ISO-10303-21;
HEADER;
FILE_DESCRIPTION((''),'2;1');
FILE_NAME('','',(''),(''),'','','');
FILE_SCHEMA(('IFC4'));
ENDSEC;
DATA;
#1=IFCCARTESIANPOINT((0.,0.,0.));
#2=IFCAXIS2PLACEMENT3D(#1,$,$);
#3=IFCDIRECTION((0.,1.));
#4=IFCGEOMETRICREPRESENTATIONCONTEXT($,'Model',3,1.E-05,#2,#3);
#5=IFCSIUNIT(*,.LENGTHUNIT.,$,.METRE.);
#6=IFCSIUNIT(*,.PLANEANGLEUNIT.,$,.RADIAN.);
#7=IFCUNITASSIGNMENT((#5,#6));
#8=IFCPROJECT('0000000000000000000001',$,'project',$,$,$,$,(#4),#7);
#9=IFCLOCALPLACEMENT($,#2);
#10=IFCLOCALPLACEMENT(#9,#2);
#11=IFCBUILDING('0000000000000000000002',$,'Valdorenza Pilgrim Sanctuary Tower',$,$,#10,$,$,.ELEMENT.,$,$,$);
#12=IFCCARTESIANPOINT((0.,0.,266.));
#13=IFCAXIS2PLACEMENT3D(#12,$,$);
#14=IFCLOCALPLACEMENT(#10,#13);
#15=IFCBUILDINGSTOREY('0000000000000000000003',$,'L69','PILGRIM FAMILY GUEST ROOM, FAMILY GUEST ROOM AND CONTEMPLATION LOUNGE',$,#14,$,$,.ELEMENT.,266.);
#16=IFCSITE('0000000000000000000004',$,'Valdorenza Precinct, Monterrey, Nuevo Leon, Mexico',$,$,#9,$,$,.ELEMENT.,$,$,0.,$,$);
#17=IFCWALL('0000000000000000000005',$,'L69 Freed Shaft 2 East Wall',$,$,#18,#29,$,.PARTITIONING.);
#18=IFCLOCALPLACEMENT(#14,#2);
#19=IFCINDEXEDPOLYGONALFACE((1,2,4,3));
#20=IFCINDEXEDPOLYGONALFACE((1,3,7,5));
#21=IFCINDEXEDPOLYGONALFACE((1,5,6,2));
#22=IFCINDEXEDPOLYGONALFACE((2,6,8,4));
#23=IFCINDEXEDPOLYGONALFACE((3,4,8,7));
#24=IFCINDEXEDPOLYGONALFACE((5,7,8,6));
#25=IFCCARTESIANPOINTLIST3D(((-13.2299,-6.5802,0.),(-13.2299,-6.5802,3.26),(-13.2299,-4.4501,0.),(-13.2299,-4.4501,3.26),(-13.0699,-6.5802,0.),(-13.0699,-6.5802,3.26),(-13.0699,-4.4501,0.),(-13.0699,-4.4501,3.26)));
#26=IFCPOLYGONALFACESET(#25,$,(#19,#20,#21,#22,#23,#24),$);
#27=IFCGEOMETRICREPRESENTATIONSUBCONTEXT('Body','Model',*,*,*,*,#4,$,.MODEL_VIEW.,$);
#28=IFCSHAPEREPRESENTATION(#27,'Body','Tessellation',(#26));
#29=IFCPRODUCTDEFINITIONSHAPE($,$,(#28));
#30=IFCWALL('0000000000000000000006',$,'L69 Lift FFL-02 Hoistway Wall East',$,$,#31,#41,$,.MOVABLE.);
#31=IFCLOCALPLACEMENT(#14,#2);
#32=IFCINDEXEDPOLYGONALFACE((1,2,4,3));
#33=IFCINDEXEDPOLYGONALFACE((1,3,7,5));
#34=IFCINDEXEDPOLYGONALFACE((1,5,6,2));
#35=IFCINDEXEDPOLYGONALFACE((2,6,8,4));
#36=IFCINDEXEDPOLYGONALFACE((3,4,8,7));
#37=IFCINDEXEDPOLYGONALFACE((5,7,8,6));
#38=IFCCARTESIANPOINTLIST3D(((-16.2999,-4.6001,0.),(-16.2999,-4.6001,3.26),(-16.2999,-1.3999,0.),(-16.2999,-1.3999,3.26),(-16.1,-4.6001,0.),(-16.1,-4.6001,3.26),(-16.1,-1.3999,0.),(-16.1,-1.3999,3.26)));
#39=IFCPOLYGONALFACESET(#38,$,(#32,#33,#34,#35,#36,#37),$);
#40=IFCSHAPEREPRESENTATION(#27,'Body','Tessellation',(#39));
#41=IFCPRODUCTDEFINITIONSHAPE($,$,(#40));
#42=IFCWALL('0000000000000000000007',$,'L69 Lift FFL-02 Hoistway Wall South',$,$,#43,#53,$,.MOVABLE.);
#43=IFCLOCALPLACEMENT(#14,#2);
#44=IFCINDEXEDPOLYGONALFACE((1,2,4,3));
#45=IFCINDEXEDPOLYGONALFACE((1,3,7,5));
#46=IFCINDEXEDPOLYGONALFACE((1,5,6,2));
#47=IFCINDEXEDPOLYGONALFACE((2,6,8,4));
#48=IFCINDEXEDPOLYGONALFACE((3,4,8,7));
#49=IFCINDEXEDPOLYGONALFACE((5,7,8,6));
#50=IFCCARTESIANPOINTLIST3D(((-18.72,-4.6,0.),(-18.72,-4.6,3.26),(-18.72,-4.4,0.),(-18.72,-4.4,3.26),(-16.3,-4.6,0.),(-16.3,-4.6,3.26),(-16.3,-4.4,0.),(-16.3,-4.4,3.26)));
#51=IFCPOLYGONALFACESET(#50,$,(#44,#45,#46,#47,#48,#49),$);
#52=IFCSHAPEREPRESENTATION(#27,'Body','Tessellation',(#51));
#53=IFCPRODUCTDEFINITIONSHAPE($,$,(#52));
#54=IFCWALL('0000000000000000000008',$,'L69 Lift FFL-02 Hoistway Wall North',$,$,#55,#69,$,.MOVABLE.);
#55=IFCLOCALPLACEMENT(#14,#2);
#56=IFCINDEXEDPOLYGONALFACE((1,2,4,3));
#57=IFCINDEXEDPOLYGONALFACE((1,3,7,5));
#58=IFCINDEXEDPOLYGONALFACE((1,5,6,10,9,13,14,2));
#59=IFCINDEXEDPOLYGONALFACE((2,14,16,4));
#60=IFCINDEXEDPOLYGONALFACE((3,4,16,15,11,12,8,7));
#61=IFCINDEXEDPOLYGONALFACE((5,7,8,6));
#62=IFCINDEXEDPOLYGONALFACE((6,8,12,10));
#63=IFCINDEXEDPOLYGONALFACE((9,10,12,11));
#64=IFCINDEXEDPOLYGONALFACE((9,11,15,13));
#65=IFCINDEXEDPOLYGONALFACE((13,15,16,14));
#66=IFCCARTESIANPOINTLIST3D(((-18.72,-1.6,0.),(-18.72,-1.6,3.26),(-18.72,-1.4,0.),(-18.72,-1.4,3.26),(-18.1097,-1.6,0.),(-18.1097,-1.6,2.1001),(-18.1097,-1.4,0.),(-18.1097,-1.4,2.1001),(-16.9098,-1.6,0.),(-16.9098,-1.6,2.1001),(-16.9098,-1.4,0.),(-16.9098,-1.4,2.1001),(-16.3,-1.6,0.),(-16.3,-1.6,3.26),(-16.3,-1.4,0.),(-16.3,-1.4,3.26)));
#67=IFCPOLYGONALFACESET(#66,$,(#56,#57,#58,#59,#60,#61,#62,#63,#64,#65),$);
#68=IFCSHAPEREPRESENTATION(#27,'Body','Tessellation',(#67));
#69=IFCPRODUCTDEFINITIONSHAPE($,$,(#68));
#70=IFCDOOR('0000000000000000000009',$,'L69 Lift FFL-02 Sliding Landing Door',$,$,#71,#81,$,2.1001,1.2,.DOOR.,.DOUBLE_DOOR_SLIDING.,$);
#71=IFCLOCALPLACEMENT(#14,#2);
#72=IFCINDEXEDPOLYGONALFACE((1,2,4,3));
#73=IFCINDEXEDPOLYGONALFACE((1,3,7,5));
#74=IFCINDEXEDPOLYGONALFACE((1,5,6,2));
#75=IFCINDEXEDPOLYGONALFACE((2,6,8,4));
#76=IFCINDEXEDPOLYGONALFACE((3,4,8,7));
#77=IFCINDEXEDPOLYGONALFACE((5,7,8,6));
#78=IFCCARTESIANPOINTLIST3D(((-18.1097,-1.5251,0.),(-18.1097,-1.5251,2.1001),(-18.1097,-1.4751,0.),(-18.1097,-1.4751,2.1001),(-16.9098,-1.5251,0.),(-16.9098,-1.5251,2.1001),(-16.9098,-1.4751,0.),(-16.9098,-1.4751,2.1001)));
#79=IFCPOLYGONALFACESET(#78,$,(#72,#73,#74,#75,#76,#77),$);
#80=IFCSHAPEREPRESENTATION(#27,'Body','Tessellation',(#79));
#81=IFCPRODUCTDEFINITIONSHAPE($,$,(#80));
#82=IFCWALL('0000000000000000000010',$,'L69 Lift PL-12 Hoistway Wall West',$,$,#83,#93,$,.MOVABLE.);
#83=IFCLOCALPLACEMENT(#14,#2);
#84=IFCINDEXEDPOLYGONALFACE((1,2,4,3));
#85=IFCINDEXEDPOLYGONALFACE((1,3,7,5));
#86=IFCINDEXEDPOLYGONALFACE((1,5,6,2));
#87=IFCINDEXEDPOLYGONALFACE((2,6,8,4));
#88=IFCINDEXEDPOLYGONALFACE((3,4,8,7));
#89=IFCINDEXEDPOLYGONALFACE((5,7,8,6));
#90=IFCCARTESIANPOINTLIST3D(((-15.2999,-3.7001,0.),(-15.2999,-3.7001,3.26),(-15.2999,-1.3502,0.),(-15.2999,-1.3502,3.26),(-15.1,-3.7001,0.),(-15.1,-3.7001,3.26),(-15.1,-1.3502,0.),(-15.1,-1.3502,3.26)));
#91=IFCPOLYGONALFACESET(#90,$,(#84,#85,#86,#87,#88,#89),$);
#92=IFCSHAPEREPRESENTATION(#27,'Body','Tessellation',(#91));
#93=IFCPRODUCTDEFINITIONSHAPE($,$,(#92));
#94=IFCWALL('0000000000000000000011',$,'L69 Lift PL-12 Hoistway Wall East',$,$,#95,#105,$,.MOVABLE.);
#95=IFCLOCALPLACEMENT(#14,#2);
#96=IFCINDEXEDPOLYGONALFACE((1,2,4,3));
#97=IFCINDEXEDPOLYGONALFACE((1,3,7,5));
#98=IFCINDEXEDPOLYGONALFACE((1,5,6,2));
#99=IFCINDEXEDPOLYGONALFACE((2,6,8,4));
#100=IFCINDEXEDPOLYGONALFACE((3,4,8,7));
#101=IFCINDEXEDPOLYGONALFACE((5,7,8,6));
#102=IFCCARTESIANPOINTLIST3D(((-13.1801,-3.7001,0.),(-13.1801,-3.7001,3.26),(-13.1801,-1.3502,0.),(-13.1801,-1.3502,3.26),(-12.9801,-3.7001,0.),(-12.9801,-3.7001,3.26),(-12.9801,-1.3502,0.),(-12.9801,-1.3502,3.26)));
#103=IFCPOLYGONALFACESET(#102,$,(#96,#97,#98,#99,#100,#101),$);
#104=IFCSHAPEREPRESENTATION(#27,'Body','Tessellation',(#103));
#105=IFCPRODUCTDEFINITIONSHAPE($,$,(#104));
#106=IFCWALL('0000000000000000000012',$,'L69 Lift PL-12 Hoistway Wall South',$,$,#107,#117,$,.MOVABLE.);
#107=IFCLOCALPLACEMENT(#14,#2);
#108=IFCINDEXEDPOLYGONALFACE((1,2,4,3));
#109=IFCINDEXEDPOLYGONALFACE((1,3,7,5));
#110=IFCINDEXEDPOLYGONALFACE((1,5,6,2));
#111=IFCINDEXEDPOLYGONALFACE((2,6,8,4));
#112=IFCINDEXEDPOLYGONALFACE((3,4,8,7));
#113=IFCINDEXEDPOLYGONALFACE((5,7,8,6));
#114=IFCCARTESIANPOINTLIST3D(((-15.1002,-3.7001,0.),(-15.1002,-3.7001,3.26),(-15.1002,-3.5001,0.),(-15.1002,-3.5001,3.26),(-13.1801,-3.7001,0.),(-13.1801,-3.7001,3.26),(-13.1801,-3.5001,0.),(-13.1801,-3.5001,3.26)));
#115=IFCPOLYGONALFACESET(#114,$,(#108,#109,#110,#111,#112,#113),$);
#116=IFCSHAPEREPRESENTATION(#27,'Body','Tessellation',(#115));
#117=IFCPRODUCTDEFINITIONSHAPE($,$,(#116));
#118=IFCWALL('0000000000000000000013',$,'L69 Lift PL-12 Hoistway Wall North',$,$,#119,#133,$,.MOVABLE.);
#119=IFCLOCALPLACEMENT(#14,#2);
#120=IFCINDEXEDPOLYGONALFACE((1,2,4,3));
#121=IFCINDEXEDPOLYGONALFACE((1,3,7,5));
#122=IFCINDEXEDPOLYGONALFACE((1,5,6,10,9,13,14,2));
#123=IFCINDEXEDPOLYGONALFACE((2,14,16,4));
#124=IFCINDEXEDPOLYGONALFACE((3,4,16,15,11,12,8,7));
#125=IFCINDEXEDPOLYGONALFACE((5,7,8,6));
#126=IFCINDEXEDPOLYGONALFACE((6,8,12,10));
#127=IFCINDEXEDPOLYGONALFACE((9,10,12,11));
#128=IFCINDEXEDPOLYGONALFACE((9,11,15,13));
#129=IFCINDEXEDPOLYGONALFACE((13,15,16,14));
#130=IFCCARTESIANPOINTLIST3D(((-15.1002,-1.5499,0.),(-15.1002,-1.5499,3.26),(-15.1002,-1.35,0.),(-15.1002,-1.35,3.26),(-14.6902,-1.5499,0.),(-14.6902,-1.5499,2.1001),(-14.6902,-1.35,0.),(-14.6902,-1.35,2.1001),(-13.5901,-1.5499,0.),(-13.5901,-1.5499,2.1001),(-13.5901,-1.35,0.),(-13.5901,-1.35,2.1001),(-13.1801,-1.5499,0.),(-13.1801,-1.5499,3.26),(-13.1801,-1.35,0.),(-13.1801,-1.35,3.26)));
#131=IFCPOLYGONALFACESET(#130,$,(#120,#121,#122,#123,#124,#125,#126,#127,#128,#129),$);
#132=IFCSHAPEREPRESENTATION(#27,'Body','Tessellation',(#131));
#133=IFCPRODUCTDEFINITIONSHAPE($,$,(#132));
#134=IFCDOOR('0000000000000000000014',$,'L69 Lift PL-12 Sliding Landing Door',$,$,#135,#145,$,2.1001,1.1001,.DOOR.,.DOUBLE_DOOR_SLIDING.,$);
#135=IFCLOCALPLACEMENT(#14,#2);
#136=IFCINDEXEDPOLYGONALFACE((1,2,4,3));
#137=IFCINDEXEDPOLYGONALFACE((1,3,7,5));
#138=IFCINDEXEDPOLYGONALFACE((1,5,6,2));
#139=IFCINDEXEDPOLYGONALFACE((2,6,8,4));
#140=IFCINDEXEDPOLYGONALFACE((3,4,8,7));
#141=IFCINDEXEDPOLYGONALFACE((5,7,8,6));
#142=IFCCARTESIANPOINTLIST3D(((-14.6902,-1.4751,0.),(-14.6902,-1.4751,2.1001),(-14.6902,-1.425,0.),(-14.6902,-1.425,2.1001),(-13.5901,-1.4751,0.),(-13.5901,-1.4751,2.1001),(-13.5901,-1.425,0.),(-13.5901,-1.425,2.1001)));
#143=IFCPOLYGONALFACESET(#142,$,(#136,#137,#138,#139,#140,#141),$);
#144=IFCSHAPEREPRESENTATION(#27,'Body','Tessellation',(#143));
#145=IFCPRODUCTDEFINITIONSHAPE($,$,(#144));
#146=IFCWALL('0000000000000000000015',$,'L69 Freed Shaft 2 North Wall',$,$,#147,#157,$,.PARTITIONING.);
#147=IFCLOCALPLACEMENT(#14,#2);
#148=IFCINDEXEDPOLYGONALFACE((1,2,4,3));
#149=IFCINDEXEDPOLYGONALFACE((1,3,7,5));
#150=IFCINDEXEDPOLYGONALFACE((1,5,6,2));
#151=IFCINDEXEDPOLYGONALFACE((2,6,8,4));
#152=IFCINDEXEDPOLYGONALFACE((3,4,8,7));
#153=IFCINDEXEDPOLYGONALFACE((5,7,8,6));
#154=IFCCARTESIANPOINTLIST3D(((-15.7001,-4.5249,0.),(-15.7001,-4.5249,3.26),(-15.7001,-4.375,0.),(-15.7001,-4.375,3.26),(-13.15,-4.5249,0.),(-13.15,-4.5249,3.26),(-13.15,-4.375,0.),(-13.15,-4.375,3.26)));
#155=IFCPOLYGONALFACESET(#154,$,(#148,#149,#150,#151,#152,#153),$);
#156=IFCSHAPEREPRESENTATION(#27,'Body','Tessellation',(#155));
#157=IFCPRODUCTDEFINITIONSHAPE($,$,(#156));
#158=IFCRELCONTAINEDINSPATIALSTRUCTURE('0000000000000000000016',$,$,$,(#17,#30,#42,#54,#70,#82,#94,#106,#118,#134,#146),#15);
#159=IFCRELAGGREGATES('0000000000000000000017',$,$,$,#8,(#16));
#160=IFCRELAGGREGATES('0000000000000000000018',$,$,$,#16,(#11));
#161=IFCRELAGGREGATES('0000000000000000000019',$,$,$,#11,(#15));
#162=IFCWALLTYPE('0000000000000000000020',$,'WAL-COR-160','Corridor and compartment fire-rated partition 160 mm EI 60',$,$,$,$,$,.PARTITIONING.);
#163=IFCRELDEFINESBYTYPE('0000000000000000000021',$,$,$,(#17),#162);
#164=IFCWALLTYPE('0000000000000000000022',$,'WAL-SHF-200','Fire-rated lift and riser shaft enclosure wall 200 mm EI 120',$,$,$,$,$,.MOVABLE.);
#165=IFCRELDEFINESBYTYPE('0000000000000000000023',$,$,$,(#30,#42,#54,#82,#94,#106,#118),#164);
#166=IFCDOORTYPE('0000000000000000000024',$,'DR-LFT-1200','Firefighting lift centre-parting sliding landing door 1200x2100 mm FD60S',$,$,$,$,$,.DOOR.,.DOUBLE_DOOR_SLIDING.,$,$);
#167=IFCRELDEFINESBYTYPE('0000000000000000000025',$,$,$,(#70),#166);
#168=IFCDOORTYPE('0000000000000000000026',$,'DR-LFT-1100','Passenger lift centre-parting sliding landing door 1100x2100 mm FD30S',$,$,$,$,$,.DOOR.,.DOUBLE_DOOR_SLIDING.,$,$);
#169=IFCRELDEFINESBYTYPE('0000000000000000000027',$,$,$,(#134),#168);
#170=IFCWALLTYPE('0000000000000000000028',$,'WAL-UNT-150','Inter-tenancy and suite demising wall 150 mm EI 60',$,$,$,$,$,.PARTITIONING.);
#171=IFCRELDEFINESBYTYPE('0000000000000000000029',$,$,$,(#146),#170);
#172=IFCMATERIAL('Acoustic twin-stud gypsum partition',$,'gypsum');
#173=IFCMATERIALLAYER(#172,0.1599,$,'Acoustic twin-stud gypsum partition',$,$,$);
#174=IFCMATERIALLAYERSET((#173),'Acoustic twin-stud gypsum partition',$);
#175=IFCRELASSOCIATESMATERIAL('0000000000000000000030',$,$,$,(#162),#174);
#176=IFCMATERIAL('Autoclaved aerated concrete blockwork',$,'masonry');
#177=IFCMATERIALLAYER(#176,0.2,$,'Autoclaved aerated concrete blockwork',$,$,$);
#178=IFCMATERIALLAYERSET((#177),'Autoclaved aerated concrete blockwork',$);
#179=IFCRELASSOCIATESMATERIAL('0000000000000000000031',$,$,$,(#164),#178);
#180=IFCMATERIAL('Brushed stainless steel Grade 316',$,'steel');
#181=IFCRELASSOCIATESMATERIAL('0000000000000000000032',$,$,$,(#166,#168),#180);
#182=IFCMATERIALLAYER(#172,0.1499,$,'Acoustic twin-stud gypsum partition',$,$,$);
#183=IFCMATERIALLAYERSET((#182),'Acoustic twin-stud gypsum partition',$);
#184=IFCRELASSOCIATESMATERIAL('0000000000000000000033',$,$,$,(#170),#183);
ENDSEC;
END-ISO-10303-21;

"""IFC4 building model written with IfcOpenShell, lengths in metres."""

from ifc_helpers import new_model, si_unit, direction, frame, frame_2d, origin, place, context, subcontext, project, spatial, rectangle, extrude, material, layer, layer_set, type_object, element, fill, save


model = new_model("IFC4")

# Units and contexts
model_context = context("Model", 3, precision=1e-05, world=origin(), true_north=direction((0.0, 1.0)))
body_context = subcontext(model_context, "Body", "Model", "MODEL_VIEW")
ifc_project = project(units=[si_unit("LENGTHUNIT", "METRE"), si_unit("PLANEANGLEUNIT", "RADIAN")], contexts=[model_context])

# Site, building, storey
site_placement = place(None, origin())
site = spatial("IfcSite", under=ifc_project, at=site_placement, Name="Valdorenza Precinct, Monterrey, Nuevo Leon, Mexico", CompositionType="ELEMENT", RefElevation=0.0)
building_placement = place(site_placement, origin())
building = spatial("IfcBuilding", under=site, at=building_placement, Name="Valdorenza Pilgrim Sanctuary Tower", CompositionType="ELEMENT")
storey_placement = place(building_placement, frame((0.0, 0.0, 266.0)))
storey = spatial("IfcBuildingStorey", under=building, at=storey_placement, Name="L69", Description="PILGRIM FAMILY GUEST ROOM, FAMILY GUEST ROOM AND CONTEMPLATION LOUNGE", CompositionType="ELEMENT", Elevation=266.0)

# Wall
ifc_material_1 = material(Name="Acoustic twin-stud gypsum partition", Category="gypsum")
ifc_layer_1 = layer(ifc_material_1, 0.1599, Name="Acoustic twin-stud gypsum partition")
ifc_layer_set_1 = layer_set([ifc_layer_1], Name="Acoustic twin-stud gypsum partition")
wall_type_1 = type_object("IfcWallType", Name="WAL-COR-160", Description="Corridor and compartment fire-rated partition 160 mm EI 60", PredefinedType="PARTITIONING", material=ifc_layer_set_1)
wall_1_placement = place(storey_placement, frame((-13.1499, -6.5801, 0.0), z_axis=(0.0, 0.0, 1.0), x_axis=(0.0, 1.0, 0.0)))
element("IfcWall", 1, at=wall_1_placement, inside=storey, type_object=wall_type_1, Name="L69 Freed Shaft 2 East Wall", PredefinedType="PARTITIONING", context=body_context, shape_type="SweptSolid", body=[
    extrude(rectangle(XDim=2.1301, YDim=0.1599, at=frame_2d((1.0649, 0.0))), origin(), (0.0, 0.0, 1.0), 3.26),
])

# Walls
ifc_material_2 = material(Name="Autoclaved aerated concrete blockwork", Category="masonry")
ifc_layer_2 = layer(ifc_material_2, 0.2, Name="Autoclaved aerated concrete blockwork")
ifc_layer_set_2 = layer_set([ifc_layer_2], Name="Autoclaved aerated concrete blockwork")
wall_type_2 = type_object("IfcWallType", Name="WAL-SHF-200", Description="Fire-rated lift and riser shaft enclosure wall 200 mm EI 120", PredefinedType="MOVABLE", material=ifc_layer_set_2)
wall_2_placement = place(storey_placement, frame((-16.2, -4.6001, 0.0), z_axis=(0.0, 0.0, 1.0), x_axis=(0.0, 1.0, 0.0)))
element("IfcWall", 2, at=wall_2_placement, inside=storey, type_object=wall_type_2, Name="L69 Lift FFL-02 Hoistway Wall East", PredefinedType="MOVABLE", context=body_context, shape_type="SweptSolid", body=[
    extrude(rectangle(XDim=3.2002, YDim=0.2, at=frame_2d((1.6001, 0.0))), origin(), (0.0, 0.0, 1.0), 3.26),
])
wall_3_placement = place(storey_placement, frame((-18.72, -4.5, 0.0), z_axis=(0.0, 0.0, 1.0), x_axis=(1.0, 0.0, 0.0)))
element("IfcWall", 3, at=wall_3_placement, inside=storey, type_object=wall_type_2, Name="L69 Lift FFL-02 Hoistway Wall South", PredefinedType="MOVABLE", context=body_context, shape_type="SweptSolid", body=[
    extrude(rectangle(XDim=2.4199, YDim=0.2, at=frame_2d((1.21, 0.0))), origin(), (0.0, 0.0, 1.0), 3.26),
])

# Wall, opening, door
wall_4_placement = place(storey_placement, frame((-18.72, -1.5, 0.0), z_axis=(0.0, 0.0, 1.0), x_axis=(1.0, 0.0, 0.0)))
wall_4 = element("IfcWall", 4, at=wall_4_placement, inside=storey, type_object=wall_type_2, Name="L69 Lift FFL-02 Hoistway Wall North", PredefinedType="MOVABLE", context=body_context, shape_type="SweptSolid", body=[
    extrude(rectangle(XDim=2.4199, YDim=0.2, at=frame_2d((1.21, 0.0))), origin(), (0.0, 0.0, 1.0), 3.26),
])
opening_1_placement = place(wall_4_placement, frame((0.6101, 0.0, 0.0)))
opening_1 = element("IfcOpeningElement", 5, at=opening_1_placement, cuts=wall_4, PredefinedType="OPENING", context=body_context, shape_type="SweptSolid", body=[
    extrude(rectangle(XDim=1.2, YDim=2.1001, at=frame_2d((0.6001, 1.05))), frame((0.0, 0.1147, 0.0), z_axis=(0.0, -1.0, 0.0), x_axis=(1.0, 0.0, 0.0)), (0.0, 0.0, 1.0), 0.2297),
])
ifc_material_3 = material(Name="Brushed stainless steel Grade 316", Category="steel")
door_type_1 = type_object("IfcDoorType", Name="DR-LFT-1200", Description="Firefighting lift centre-parting sliding landing door 1200x2100 mm FD60S", OperationType="DOUBLE_DOOR_SLIDING", PredefinedType="DOOR", material=ifc_material_3)
door_1_placement = place(opening_1_placement, origin())
door_1 = element("IfcDoor", 6, at=door_1_placement, inside=storey, type_object=door_type_1, Name="L69 Lift FFL-02 Sliding Landing Door", OperationType="DOUBLE_DOOR_SLIDING", OverallHeight=2.1001, OverallWidth=1.2, PredefinedType="DOOR", context=body_context, shape_type="SweptSolid", body=[
    extrude(rectangle(XDim=1.2, YDim=2.1001, at=frame_2d((0.6001, 1.05))), frame((0.0, 0.0249, 0.0), z_axis=(0.0, -1.0, 0.0), x_axis=(1.0, 0.0, 0.0)), (0.0, 0.0, 1.0), 0.05),
])
fill(opening_1, door_1)

# Walls
for number, where, z_axis, x_axis, name in (
    (7, (-15.2, -3.7, 0.0), (0.0, 0.0, 1.0), (0.0, 1.0, 0.0), "L69 Lift PL-12 Hoistway Wall West"),
    (8, (-13.0801, -3.7, 0.0), (0.0, 0.0, 1.0), (0.0, 1.0, 0.0), "L69 Lift PL-12 Hoistway Wall East"),
):
    element("IfcWall", number, at=place(storey_placement, frame(where, z_axis=z_axis, x_axis=x_axis)), inside=storey, type_object=wall_type_2, Name=name, PredefinedType="MOVABLE", context=body_context, shape_type="SweptSolid", body=[
        extrude(rectangle(XDim=2.3499, YDim=0.2, at=frame_2d((1.1748, 0.0))), origin(), (0.0, 0.0, 1.0), 3.26),
    ])
wall_5_placement = place(storey_placement, frame((-15.1001, -3.6001, 0.0), z_axis=(0.0, 0.0, 1.0), x_axis=(1.0, 0.0, 0.0)))
element("IfcWall", 9, at=wall_5_placement, inside=storey, type_object=wall_type_2, Name="L69 Lift PL-12 Hoistway Wall South", PredefinedType="MOVABLE", context=body_context, shape_type="SweptSolid", body=[
    extrude(rectangle(XDim=1.9202, YDim=0.2, at=frame_2d((0.96, 0.0))), origin(), (0.0, 0.0, 1.0), 3.26),
])

# Wall, opening, door
wall_6_placement = place(storey_placement, frame((-15.1001, -1.45, 0.0), z_axis=(0.0, 0.0, 1.0), x_axis=(1.0, 0.0, 0.0)))
wall_6 = element("IfcWall", 10, at=wall_6_placement, inside=storey, type_object=wall_type_2, Name="L69 Lift PL-12 Hoistway Wall North", PredefinedType="MOVABLE", context=body_context, shape_type="SweptSolid", body=[
    extrude(rectangle(XDim=1.9202, YDim=0.2, at=frame_2d((0.96, 0.0))), origin(), (0.0, 0.0, 1.0), 3.26),
])
opening_2_placement = place(wall_6_placement, frame((0.4099, 0.0, 0.0)))
opening_2 = element("IfcOpeningElement", 11, at=opening_2_placement, cuts=wall_6, PredefinedType="OPENING", context=body_context, shape_type="SweptSolid", body=[
    extrude(rectangle(XDim=1.1001, YDim=2.1001, at=frame_2d((0.55, 1.05))), frame((0.0, 0.1147, 0.0), z_axis=(0.0, -1.0, 0.0), x_axis=(1.0, 0.0, 0.0)), (0.0, 0.0, 1.0), 0.2297),
])
door_type_2 = type_object("IfcDoorType", Name="DR-LFT-1100", Description="Passenger lift centre-parting sliding landing door 1100x2100 mm FD30S", OperationType="DOUBLE_DOOR_SLIDING", PredefinedType="DOOR", material=ifc_material_3)
door_2_placement = place(opening_2_placement, origin())
door_2 = element("IfcDoor", 12, at=door_2_placement, inside=storey, type_object=door_type_2, Name="L69 Lift PL-12 Sliding Landing Door", OperationType="DOUBLE_DOOR_SLIDING", OverallHeight=2.1001, OverallWidth=1.1001, PredefinedType="DOOR", context=body_context, shape_type="SweptSolid", body=[
    extrude(rectangle(XDim=1.1001, YDim=2.1001, at=frame_2d((0.55, 1.05))), frame((0.0, 0.0249, 0.0), z_axis=(0.0, -1.0, 0.0), x_axis=(1.0, 0.0, 0.0)), (0.0, 0.0, 1.0), 0.05),
])
fill(opening_2, door_2)

# Wall
ifc_layer_3 = layer(ifc_material_1, 0.1499, Name="Acoustic twin-stud gypsum partition")
ifc_layer_set_3 = layer_set([ifc_layer_3], Name="Acoustic twin-stud gypsum partition")
wall_type_3 = type_object("IfcWallType", Name="WAL-UNT-150", Description="Inter-tenancy and suite demising wall 150 mm EI 60", PredefinedType="PARTITIONING", material=ifc_layer_set_3)
wall_7_placement = place(storey_placement, frame((-15.7, -4.45, 0.0), z_axis=(0.0, 0.0, 1.0), x_axis=(1.0, 0.0, 0.0)))
element("IfcWall", 13, at=wall_7_placement, inside=storey, type_object=wall_type_3, Name="L69 Freed Shaft 2 North Wall", PredefinedType="PARTITIONING", context=body_context, shape_type="SweptSolid", body=[
    extrude(rectangle(XDim=2.55, YDim=0.1499, at=frame_2d((1.2749, 0.0))), origin(), (0.0, 0.0, 1.0), 3.26),
])

save(model, "model.ifc")
